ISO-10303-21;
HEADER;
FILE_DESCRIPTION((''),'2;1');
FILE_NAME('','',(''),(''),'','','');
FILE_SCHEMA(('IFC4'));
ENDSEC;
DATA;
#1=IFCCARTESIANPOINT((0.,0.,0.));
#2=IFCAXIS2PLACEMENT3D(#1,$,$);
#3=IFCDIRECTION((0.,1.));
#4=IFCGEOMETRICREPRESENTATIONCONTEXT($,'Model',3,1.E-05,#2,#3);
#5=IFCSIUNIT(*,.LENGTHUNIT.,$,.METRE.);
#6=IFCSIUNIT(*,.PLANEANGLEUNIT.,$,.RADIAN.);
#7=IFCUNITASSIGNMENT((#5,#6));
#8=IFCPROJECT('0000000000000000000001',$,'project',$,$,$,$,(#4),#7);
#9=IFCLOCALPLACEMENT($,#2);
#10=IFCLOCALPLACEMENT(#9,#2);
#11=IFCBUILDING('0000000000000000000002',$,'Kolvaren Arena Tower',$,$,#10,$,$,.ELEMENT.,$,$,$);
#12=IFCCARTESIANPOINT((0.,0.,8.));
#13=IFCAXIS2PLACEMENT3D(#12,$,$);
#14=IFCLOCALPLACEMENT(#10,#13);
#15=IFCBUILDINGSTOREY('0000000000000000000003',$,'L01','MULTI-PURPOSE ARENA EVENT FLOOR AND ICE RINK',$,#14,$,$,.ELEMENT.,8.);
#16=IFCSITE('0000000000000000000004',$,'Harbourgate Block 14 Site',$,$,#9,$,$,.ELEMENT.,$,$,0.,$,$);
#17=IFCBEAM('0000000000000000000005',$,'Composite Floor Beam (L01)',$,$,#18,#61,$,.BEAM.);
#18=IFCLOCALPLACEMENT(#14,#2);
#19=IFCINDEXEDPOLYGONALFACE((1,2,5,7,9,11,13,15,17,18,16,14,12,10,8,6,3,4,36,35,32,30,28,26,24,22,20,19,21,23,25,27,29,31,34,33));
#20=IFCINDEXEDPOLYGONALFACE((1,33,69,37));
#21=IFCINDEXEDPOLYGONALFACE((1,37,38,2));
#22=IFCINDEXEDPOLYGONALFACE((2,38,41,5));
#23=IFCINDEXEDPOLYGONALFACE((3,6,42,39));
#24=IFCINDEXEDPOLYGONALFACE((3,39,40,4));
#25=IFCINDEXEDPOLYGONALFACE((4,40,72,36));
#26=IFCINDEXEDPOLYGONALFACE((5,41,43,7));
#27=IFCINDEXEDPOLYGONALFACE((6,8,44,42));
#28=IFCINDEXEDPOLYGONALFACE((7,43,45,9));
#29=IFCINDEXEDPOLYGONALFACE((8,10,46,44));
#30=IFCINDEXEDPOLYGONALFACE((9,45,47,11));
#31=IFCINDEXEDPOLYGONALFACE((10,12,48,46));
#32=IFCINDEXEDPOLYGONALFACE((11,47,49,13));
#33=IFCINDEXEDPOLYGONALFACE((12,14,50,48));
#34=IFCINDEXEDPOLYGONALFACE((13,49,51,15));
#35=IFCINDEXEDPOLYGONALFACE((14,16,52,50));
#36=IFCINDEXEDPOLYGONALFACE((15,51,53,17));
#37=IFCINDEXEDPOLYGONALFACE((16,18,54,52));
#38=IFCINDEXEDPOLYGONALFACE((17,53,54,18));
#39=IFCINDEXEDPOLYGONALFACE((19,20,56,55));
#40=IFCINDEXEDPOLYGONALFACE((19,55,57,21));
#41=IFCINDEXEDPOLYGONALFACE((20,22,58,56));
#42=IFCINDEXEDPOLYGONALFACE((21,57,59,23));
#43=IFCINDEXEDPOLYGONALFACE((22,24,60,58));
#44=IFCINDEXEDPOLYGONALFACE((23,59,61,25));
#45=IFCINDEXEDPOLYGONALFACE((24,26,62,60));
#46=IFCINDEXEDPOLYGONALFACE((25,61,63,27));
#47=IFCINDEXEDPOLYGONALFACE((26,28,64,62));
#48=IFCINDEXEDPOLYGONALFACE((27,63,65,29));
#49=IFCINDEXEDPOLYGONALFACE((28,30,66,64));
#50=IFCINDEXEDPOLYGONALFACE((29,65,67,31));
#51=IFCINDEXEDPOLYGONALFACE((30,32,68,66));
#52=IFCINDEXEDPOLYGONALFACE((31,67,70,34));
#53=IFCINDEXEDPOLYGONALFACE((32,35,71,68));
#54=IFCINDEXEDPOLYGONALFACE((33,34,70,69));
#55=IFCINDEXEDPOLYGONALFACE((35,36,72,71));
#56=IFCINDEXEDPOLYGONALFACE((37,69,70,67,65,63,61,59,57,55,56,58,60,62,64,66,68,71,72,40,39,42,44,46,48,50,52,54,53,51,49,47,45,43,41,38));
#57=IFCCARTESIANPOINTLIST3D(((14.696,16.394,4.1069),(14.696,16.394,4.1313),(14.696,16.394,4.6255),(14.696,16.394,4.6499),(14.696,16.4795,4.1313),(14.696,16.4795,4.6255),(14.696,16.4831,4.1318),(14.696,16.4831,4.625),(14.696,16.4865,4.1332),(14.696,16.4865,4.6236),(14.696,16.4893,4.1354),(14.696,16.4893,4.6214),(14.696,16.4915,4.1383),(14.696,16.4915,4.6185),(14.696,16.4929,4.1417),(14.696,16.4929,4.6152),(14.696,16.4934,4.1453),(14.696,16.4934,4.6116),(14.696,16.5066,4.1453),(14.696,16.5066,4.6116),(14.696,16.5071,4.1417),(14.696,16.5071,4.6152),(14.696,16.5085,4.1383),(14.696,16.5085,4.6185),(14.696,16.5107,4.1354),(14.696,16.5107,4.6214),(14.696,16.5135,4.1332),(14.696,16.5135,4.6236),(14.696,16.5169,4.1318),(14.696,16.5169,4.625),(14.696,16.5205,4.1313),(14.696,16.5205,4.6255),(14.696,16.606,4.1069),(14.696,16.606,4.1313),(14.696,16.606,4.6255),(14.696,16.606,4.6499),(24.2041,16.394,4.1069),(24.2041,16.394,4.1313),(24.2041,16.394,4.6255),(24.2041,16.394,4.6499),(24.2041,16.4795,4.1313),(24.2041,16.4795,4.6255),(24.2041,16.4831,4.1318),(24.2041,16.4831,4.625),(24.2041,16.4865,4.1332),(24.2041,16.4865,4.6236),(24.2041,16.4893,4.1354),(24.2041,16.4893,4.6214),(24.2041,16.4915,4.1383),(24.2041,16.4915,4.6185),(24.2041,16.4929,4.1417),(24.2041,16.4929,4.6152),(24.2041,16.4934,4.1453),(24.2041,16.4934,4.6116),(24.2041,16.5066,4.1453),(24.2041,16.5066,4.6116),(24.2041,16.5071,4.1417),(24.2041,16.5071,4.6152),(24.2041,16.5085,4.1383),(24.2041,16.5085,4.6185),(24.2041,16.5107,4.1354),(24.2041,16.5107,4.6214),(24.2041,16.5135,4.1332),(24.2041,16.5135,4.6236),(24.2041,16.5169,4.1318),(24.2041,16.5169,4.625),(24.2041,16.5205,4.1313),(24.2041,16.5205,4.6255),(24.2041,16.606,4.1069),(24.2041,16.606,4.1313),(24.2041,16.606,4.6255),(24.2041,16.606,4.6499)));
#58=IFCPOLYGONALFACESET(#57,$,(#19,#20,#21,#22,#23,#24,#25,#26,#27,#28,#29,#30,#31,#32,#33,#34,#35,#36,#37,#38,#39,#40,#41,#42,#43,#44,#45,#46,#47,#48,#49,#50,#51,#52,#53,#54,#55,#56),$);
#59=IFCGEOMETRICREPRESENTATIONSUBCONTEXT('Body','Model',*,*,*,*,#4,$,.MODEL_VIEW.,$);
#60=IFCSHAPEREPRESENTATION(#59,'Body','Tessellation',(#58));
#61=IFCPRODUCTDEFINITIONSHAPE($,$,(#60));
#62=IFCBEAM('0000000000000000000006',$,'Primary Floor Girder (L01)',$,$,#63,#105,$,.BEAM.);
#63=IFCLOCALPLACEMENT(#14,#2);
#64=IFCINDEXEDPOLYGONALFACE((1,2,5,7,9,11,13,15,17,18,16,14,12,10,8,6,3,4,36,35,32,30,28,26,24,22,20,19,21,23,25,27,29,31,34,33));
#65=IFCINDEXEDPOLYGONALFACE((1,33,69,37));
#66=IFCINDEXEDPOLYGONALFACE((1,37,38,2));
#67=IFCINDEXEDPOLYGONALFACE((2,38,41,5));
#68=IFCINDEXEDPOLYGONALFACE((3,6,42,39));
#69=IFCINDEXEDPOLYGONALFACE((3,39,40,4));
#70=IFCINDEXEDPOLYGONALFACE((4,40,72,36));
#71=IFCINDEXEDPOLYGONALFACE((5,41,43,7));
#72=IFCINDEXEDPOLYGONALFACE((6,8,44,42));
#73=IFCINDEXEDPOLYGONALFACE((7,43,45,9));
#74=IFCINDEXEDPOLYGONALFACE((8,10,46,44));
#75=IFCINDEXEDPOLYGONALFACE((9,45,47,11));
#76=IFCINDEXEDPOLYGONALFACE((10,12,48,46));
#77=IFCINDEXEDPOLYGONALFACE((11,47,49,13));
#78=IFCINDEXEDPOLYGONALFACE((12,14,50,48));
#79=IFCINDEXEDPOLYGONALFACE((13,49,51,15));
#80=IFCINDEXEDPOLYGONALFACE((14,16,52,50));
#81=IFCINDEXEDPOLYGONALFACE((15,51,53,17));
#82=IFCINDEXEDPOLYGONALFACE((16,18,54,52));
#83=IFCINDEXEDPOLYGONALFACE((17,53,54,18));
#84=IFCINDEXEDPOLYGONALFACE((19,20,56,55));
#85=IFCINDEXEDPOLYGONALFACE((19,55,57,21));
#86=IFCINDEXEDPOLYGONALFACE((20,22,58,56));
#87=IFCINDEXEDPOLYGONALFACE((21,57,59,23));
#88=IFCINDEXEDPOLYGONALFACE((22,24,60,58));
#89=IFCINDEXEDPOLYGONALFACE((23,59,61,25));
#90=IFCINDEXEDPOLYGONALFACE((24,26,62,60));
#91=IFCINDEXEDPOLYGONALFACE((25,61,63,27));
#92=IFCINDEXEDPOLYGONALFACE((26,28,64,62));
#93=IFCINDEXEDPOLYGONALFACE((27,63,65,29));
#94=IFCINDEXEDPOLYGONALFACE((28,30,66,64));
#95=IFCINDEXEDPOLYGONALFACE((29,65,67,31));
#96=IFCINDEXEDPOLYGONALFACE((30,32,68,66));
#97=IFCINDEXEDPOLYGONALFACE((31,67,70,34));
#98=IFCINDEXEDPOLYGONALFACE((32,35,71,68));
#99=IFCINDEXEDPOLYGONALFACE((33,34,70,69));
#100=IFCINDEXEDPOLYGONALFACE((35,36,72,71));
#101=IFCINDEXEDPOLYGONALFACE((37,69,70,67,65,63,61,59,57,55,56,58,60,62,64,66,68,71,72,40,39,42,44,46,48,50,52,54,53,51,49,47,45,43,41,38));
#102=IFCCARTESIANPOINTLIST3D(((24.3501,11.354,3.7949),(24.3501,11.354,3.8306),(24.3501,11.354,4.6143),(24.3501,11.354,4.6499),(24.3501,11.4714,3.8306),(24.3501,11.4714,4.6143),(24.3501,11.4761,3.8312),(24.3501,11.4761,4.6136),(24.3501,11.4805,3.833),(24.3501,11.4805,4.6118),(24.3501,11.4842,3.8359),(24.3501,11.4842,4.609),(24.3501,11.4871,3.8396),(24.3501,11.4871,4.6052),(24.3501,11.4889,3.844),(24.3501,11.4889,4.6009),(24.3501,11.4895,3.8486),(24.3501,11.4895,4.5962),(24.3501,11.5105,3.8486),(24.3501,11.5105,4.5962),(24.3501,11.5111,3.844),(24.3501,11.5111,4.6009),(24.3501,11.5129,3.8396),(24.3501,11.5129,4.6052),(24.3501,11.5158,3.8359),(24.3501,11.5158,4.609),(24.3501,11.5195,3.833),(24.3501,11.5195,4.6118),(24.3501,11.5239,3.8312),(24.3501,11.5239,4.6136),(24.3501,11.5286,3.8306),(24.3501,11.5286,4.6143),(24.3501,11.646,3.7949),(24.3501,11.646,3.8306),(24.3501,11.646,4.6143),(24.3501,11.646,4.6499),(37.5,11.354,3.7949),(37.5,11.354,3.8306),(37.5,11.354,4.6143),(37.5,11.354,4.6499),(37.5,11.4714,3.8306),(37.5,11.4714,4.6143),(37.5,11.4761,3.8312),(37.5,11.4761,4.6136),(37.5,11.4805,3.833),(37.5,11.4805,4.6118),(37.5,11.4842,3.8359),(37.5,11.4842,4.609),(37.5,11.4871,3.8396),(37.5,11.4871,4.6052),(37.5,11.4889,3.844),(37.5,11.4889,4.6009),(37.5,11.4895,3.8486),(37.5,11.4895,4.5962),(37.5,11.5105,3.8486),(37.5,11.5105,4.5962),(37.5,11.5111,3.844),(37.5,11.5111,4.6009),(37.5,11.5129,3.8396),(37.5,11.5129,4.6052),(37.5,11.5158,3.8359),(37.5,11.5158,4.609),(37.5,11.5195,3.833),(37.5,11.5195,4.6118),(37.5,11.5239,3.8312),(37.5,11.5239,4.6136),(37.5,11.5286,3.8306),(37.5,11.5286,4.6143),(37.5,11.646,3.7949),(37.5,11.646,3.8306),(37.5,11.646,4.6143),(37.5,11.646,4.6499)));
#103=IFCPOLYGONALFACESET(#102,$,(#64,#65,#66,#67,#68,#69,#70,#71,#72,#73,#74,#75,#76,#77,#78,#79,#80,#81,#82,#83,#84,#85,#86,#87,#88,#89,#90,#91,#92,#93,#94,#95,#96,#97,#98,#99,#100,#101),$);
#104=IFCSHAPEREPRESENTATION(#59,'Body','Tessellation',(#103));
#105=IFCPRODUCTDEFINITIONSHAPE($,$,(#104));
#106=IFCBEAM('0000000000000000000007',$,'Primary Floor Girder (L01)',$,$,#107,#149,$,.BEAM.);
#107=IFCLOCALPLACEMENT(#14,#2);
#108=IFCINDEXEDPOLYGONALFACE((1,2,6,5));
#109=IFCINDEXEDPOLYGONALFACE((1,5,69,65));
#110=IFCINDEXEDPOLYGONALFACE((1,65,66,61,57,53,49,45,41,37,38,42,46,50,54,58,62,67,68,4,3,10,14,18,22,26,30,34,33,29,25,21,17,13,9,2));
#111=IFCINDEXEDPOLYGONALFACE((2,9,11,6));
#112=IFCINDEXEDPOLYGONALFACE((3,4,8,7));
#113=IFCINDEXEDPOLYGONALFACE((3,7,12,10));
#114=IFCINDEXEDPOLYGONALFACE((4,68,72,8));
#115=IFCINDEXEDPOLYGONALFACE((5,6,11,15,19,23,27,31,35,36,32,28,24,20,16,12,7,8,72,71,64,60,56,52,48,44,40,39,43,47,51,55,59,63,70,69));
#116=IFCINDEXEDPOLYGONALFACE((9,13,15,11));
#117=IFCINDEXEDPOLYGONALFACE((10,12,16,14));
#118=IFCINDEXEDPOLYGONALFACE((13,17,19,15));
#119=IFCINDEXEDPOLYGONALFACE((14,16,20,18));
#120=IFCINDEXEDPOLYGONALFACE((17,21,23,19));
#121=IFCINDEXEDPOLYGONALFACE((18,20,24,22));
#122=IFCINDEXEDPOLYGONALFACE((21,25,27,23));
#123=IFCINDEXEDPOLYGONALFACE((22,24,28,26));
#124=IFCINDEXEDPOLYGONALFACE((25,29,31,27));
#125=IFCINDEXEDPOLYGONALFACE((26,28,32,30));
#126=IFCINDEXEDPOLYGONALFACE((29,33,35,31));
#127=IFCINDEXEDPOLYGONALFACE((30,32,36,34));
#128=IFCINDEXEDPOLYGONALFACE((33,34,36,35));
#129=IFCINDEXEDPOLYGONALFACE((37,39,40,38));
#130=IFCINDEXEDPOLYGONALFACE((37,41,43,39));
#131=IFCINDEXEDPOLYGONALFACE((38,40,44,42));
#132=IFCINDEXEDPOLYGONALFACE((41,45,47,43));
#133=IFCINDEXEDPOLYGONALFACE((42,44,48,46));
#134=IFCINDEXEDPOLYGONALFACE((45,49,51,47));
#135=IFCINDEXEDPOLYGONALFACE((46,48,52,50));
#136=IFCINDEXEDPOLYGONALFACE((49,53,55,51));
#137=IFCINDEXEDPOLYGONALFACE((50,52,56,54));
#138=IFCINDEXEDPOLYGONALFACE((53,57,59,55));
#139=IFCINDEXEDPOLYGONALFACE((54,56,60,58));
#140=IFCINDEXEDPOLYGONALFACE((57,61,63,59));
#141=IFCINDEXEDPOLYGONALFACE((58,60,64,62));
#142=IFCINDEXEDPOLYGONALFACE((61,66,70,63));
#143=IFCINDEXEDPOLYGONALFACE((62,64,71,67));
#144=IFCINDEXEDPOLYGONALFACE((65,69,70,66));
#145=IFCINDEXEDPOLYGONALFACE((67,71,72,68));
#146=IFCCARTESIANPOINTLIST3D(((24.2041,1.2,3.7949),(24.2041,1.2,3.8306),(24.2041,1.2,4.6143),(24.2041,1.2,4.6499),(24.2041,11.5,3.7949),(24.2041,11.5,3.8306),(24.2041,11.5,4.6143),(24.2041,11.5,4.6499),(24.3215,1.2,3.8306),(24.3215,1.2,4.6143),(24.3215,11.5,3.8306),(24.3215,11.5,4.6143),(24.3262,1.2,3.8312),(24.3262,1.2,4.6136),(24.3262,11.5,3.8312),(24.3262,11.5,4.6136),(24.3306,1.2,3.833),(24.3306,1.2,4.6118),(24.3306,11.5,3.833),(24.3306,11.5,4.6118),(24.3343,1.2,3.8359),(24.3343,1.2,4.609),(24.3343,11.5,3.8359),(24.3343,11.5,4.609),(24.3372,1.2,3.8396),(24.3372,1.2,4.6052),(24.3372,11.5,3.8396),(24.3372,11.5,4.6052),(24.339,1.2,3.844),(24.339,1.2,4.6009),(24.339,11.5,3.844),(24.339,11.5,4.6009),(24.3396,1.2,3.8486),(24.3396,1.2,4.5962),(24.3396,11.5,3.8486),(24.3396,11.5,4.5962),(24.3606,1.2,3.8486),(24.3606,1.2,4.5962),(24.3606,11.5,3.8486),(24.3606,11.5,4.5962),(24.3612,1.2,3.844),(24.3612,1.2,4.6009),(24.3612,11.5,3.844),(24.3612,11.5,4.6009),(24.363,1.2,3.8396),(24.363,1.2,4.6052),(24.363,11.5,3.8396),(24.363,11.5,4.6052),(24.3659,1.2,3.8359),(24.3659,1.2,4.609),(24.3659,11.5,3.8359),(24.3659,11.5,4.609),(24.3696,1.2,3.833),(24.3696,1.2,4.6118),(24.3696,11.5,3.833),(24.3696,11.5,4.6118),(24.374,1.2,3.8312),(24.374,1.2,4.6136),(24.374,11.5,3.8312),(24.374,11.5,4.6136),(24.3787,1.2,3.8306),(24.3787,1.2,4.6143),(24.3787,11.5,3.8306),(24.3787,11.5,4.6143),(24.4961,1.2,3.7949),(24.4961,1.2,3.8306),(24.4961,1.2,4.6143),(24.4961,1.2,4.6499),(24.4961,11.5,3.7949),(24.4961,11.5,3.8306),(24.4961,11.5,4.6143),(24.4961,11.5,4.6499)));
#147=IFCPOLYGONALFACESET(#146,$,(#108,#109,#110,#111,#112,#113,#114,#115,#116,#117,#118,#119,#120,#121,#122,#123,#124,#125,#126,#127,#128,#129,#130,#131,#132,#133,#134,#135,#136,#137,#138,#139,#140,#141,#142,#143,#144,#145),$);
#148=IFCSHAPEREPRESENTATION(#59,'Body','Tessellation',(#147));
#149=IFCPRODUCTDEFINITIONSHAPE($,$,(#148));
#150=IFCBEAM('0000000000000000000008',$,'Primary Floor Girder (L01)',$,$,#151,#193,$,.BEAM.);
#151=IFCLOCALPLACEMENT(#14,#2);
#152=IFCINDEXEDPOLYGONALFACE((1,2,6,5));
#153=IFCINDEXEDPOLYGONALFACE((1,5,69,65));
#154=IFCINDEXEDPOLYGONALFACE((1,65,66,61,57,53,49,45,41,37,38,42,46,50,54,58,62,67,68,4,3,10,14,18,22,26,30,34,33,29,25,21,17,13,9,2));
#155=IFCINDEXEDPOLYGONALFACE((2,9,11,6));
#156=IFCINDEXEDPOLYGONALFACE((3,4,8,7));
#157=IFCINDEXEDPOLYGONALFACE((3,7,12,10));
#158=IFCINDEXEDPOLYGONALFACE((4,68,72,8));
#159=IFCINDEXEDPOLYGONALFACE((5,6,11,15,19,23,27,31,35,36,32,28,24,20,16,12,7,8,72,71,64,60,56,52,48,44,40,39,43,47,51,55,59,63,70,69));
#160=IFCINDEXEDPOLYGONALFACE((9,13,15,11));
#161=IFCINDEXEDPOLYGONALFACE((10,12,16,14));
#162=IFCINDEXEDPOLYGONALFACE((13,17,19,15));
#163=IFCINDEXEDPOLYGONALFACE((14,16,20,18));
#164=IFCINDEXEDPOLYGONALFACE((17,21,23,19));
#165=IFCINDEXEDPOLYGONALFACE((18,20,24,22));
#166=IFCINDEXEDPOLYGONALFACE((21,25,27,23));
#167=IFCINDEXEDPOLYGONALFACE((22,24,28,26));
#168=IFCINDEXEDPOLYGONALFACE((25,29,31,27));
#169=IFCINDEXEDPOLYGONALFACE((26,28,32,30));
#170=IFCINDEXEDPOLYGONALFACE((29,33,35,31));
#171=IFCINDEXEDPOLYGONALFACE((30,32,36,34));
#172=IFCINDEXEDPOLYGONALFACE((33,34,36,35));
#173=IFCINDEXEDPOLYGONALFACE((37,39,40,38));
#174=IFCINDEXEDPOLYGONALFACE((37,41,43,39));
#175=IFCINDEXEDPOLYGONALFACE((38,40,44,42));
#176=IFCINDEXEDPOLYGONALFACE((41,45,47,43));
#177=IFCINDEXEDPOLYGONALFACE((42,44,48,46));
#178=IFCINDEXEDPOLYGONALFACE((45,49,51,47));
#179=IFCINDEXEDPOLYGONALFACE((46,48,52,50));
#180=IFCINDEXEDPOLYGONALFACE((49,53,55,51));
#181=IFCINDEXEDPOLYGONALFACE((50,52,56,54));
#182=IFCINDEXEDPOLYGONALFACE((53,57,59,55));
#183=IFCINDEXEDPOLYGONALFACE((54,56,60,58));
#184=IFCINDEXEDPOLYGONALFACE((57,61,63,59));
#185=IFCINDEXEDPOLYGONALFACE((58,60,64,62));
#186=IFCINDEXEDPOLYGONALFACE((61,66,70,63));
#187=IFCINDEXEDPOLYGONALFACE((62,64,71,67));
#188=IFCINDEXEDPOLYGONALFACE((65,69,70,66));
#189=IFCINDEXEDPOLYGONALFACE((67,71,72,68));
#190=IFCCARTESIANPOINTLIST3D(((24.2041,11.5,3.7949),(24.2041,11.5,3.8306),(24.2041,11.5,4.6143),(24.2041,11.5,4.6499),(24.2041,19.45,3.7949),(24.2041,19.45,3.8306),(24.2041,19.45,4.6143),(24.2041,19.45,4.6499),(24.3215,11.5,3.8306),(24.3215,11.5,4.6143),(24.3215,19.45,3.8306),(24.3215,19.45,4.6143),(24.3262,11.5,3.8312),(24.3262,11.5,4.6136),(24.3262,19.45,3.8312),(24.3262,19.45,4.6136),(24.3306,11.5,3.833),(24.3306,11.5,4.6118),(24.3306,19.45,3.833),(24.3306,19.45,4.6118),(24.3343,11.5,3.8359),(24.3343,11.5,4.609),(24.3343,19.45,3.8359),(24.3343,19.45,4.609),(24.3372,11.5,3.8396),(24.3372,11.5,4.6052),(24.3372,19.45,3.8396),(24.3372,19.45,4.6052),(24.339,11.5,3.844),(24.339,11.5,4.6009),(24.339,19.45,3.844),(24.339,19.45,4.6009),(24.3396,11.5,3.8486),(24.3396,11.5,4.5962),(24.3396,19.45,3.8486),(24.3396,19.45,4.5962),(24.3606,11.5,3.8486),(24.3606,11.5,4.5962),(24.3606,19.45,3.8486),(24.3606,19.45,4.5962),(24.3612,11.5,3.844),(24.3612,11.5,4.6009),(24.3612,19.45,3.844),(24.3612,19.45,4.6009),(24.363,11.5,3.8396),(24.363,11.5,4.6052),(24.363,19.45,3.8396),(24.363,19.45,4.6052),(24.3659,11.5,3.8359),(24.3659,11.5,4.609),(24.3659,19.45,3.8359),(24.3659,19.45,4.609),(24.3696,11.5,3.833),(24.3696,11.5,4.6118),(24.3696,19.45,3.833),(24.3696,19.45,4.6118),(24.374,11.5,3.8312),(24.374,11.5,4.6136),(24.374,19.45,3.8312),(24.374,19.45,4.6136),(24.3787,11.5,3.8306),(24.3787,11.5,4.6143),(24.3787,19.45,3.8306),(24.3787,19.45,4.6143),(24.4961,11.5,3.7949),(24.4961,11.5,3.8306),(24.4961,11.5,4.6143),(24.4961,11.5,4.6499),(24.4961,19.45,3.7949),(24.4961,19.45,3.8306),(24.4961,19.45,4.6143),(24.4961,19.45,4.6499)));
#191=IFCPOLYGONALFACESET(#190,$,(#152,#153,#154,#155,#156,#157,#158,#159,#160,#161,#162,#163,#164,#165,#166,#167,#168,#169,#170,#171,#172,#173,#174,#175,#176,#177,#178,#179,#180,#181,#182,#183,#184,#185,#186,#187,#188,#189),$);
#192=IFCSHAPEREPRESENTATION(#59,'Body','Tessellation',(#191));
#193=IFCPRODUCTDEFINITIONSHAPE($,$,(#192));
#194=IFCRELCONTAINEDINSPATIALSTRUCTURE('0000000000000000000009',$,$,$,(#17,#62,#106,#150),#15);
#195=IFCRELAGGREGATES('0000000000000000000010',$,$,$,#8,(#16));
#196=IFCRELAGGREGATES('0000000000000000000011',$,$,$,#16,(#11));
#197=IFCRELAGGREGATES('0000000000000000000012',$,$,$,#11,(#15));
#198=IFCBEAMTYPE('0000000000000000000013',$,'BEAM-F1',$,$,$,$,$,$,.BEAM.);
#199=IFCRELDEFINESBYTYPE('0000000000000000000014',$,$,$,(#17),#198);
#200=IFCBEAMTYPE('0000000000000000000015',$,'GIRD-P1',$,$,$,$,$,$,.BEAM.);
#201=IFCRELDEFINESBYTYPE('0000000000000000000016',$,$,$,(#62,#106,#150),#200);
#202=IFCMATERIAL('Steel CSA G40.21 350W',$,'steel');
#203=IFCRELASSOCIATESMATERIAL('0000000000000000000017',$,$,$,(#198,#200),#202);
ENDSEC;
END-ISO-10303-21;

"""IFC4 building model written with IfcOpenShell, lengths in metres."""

from ifc_helpers import new_model, si_unit, direction, frame, origin, origin_2d, place, context, subcontext, project, spatial, i_section, extrude, material, material_profile, profile_set, type_object, element, save


model = new_model("IFC4")

# Units and contexts
model_context = context("Model", 3, precision=1e-05, world=origin(), true_north=direction((0.0, 1.0)))
body_context = subcontext(model_context, "Body", "Model", "MODEL_VIEW")
ifc_project = project(units=[si_unit("LENGTHUNIT", "METRE"), si_unit("PLANEANGLEUNIT", "RADIAN")], contexts=[model_context])

# Site, building, storey
site_placement = place(None, origin())
site = spatial("IfcSite", under=ifc_project, at=site_placement, Name="Harbourgate Block 14 Site", CompositionType="ELEMENT", RefElevation=0.0)
building_placement = place(site_placement, origin())
building = spatial("IfcBuilding", under=site, at=building_placement, Name="Kolvaren Arena Tower", CompositionType="ELEMENT")
storey_placement = place(building_placement, frame((0.0, 0.0, 8.0)))
storey = spatial("IfcBuildingStorey", under=building, at=storey_placement, Name="L01", Description="MULTI-PURPOSE ARENA EVENT FLOOR AND ICE RINK", CompositionType="ELEMENT", Elevation=8.0)

# Beams
ifc_material_1 = material(Name="Steel CSA G40.21 350W", Category="steel")
ifc_material_profile_1 = material_profile(ifc_material_1, i_section(OverallWidth=0.2119, OverallDepth=0.543, WebThickness=0.0132, FlangeThickness=0.0244, FilletRadius=0.0139, at=origin_2d()), Name="W530x150")
ifc_profile_set_1 = profile_set([ifc_material_profile_1], Name="Steel CSA G40.21 350W")
beam_type_1 = type_object("IfcBeamType", Name="BEAM-F1", PredefinedType="BEAM", material=ifc_profile_set_1)
for number, where, z_axis, x_axis, name in (
    (1, (14.696, 16.5, 4.3784), (1.0, 0.0, 0.0), (0.0, 1.0, 0.0), "Composite Floor Beam (L01)"),
):
    element("IfcBeam", number, at=place(storey_placement, frame(where, z_axis=z_axis, x_axis=x_axis)), inside=storey, type_object=beam_type_1, Name=name, PredefinedType="BEAM", context=body_context, shape_type="SweptSolid", body=[
        extrude(i_section(OverallWidth=0.2119, OverallDepth=0.543, WebThickness=0.0132, FlangeThickness=0.0244, FilletRadius=0.0139, at=origin_2d()), origin(), (0.0, 0.0, 1.0), 9.5081),
    ])
ifc_material_profile_2 = material_profile(ifc_material_1, i_section(OverallWidth=0.292, OverallDepth=0.855, WebThickness=0.021, FlangeThickness=0.0356, FilletRadius=0.0181, at=origin_2d()), Name="W840x299")
ifc_profile_set_2 = profile_set([ifc_material_profile_2], Name="Steel CSA G40.21 350W")
beam_type_2 = type_object("IfcBeamType", Name="GIRD-P1", PredefinedType="BEAM", material=ifc_profile_set_2)
beam_1_placement = place(storey_placement, frame((24.3501, 11.5, 4.2224), z_axis=(1.0, 0.0, 0.0), x_axis=(0.0, 1.0, 0.0)))
element("IfcBeam", 2, at=beam_1_placement, inside=storey, type_object=beam_type_2, Name="Primary Floor Girder (L01)", PredefinedType="BEAM", context=body_context, shape_type="SweptSolid", body=[
    extrude(i_section(OverallWidth=0.292, OverallDepth=0.855, WebThickness=0.021, FlangeThickness=0.0356, FilletRadius=0.0181, at=origin_2d()), origin(), (0.0, 0.0, 1.0), 13.1499),
])
beam_2_placement = place(storey_placement, frame((24.3501, 1.2, 4.2224), z_axis=(0.0, 1.0, 0.0), x_axis=(-1.0, 0.0, 0.0)))
element("IfcBeam", 3, at=beam_2_placement, inside=storey, type_object=beam_type_2, Name="Primary Floor Girder (L01)", PredefinedType="BEAM", context=body_context, shape_type="SweptSolid", body=[
    extrude(i_section(OverallWidth=0.292, OverallDepth=0.855, WebThickness=0.021, FlangeThickness=0.0356, FilletRadius=0.0181, at=origin_2d()), origin(), (0.0, 0.0, 1.0), 10.3),
])
beam_3_placement = place(storey_placement, frame((24.3501, 11.5, 4.2224), z_axis=(0.0, 1.0, 0.0), x_axis=(-1.0, 0.0, 0.0)))
element("IfcBeam", 4, at=beam_3_placement, inside=storey, type_object=beam_type_2, Name="Primary Floor Girder (L01)", PredefinedType="BEAM", context=body_context, shape_type="SweptSolid", body=[
    extrude(i_section(OverallWidth=0.292, OverallDepth=0.855, WebThickness=0.021, FlangeThickness=0.0356, FilletRadius=0.0181, at=origin_2d()), origin(), (0.0, 0.0, 1.0), 7.95),
])

save(model, "model.ifc")
